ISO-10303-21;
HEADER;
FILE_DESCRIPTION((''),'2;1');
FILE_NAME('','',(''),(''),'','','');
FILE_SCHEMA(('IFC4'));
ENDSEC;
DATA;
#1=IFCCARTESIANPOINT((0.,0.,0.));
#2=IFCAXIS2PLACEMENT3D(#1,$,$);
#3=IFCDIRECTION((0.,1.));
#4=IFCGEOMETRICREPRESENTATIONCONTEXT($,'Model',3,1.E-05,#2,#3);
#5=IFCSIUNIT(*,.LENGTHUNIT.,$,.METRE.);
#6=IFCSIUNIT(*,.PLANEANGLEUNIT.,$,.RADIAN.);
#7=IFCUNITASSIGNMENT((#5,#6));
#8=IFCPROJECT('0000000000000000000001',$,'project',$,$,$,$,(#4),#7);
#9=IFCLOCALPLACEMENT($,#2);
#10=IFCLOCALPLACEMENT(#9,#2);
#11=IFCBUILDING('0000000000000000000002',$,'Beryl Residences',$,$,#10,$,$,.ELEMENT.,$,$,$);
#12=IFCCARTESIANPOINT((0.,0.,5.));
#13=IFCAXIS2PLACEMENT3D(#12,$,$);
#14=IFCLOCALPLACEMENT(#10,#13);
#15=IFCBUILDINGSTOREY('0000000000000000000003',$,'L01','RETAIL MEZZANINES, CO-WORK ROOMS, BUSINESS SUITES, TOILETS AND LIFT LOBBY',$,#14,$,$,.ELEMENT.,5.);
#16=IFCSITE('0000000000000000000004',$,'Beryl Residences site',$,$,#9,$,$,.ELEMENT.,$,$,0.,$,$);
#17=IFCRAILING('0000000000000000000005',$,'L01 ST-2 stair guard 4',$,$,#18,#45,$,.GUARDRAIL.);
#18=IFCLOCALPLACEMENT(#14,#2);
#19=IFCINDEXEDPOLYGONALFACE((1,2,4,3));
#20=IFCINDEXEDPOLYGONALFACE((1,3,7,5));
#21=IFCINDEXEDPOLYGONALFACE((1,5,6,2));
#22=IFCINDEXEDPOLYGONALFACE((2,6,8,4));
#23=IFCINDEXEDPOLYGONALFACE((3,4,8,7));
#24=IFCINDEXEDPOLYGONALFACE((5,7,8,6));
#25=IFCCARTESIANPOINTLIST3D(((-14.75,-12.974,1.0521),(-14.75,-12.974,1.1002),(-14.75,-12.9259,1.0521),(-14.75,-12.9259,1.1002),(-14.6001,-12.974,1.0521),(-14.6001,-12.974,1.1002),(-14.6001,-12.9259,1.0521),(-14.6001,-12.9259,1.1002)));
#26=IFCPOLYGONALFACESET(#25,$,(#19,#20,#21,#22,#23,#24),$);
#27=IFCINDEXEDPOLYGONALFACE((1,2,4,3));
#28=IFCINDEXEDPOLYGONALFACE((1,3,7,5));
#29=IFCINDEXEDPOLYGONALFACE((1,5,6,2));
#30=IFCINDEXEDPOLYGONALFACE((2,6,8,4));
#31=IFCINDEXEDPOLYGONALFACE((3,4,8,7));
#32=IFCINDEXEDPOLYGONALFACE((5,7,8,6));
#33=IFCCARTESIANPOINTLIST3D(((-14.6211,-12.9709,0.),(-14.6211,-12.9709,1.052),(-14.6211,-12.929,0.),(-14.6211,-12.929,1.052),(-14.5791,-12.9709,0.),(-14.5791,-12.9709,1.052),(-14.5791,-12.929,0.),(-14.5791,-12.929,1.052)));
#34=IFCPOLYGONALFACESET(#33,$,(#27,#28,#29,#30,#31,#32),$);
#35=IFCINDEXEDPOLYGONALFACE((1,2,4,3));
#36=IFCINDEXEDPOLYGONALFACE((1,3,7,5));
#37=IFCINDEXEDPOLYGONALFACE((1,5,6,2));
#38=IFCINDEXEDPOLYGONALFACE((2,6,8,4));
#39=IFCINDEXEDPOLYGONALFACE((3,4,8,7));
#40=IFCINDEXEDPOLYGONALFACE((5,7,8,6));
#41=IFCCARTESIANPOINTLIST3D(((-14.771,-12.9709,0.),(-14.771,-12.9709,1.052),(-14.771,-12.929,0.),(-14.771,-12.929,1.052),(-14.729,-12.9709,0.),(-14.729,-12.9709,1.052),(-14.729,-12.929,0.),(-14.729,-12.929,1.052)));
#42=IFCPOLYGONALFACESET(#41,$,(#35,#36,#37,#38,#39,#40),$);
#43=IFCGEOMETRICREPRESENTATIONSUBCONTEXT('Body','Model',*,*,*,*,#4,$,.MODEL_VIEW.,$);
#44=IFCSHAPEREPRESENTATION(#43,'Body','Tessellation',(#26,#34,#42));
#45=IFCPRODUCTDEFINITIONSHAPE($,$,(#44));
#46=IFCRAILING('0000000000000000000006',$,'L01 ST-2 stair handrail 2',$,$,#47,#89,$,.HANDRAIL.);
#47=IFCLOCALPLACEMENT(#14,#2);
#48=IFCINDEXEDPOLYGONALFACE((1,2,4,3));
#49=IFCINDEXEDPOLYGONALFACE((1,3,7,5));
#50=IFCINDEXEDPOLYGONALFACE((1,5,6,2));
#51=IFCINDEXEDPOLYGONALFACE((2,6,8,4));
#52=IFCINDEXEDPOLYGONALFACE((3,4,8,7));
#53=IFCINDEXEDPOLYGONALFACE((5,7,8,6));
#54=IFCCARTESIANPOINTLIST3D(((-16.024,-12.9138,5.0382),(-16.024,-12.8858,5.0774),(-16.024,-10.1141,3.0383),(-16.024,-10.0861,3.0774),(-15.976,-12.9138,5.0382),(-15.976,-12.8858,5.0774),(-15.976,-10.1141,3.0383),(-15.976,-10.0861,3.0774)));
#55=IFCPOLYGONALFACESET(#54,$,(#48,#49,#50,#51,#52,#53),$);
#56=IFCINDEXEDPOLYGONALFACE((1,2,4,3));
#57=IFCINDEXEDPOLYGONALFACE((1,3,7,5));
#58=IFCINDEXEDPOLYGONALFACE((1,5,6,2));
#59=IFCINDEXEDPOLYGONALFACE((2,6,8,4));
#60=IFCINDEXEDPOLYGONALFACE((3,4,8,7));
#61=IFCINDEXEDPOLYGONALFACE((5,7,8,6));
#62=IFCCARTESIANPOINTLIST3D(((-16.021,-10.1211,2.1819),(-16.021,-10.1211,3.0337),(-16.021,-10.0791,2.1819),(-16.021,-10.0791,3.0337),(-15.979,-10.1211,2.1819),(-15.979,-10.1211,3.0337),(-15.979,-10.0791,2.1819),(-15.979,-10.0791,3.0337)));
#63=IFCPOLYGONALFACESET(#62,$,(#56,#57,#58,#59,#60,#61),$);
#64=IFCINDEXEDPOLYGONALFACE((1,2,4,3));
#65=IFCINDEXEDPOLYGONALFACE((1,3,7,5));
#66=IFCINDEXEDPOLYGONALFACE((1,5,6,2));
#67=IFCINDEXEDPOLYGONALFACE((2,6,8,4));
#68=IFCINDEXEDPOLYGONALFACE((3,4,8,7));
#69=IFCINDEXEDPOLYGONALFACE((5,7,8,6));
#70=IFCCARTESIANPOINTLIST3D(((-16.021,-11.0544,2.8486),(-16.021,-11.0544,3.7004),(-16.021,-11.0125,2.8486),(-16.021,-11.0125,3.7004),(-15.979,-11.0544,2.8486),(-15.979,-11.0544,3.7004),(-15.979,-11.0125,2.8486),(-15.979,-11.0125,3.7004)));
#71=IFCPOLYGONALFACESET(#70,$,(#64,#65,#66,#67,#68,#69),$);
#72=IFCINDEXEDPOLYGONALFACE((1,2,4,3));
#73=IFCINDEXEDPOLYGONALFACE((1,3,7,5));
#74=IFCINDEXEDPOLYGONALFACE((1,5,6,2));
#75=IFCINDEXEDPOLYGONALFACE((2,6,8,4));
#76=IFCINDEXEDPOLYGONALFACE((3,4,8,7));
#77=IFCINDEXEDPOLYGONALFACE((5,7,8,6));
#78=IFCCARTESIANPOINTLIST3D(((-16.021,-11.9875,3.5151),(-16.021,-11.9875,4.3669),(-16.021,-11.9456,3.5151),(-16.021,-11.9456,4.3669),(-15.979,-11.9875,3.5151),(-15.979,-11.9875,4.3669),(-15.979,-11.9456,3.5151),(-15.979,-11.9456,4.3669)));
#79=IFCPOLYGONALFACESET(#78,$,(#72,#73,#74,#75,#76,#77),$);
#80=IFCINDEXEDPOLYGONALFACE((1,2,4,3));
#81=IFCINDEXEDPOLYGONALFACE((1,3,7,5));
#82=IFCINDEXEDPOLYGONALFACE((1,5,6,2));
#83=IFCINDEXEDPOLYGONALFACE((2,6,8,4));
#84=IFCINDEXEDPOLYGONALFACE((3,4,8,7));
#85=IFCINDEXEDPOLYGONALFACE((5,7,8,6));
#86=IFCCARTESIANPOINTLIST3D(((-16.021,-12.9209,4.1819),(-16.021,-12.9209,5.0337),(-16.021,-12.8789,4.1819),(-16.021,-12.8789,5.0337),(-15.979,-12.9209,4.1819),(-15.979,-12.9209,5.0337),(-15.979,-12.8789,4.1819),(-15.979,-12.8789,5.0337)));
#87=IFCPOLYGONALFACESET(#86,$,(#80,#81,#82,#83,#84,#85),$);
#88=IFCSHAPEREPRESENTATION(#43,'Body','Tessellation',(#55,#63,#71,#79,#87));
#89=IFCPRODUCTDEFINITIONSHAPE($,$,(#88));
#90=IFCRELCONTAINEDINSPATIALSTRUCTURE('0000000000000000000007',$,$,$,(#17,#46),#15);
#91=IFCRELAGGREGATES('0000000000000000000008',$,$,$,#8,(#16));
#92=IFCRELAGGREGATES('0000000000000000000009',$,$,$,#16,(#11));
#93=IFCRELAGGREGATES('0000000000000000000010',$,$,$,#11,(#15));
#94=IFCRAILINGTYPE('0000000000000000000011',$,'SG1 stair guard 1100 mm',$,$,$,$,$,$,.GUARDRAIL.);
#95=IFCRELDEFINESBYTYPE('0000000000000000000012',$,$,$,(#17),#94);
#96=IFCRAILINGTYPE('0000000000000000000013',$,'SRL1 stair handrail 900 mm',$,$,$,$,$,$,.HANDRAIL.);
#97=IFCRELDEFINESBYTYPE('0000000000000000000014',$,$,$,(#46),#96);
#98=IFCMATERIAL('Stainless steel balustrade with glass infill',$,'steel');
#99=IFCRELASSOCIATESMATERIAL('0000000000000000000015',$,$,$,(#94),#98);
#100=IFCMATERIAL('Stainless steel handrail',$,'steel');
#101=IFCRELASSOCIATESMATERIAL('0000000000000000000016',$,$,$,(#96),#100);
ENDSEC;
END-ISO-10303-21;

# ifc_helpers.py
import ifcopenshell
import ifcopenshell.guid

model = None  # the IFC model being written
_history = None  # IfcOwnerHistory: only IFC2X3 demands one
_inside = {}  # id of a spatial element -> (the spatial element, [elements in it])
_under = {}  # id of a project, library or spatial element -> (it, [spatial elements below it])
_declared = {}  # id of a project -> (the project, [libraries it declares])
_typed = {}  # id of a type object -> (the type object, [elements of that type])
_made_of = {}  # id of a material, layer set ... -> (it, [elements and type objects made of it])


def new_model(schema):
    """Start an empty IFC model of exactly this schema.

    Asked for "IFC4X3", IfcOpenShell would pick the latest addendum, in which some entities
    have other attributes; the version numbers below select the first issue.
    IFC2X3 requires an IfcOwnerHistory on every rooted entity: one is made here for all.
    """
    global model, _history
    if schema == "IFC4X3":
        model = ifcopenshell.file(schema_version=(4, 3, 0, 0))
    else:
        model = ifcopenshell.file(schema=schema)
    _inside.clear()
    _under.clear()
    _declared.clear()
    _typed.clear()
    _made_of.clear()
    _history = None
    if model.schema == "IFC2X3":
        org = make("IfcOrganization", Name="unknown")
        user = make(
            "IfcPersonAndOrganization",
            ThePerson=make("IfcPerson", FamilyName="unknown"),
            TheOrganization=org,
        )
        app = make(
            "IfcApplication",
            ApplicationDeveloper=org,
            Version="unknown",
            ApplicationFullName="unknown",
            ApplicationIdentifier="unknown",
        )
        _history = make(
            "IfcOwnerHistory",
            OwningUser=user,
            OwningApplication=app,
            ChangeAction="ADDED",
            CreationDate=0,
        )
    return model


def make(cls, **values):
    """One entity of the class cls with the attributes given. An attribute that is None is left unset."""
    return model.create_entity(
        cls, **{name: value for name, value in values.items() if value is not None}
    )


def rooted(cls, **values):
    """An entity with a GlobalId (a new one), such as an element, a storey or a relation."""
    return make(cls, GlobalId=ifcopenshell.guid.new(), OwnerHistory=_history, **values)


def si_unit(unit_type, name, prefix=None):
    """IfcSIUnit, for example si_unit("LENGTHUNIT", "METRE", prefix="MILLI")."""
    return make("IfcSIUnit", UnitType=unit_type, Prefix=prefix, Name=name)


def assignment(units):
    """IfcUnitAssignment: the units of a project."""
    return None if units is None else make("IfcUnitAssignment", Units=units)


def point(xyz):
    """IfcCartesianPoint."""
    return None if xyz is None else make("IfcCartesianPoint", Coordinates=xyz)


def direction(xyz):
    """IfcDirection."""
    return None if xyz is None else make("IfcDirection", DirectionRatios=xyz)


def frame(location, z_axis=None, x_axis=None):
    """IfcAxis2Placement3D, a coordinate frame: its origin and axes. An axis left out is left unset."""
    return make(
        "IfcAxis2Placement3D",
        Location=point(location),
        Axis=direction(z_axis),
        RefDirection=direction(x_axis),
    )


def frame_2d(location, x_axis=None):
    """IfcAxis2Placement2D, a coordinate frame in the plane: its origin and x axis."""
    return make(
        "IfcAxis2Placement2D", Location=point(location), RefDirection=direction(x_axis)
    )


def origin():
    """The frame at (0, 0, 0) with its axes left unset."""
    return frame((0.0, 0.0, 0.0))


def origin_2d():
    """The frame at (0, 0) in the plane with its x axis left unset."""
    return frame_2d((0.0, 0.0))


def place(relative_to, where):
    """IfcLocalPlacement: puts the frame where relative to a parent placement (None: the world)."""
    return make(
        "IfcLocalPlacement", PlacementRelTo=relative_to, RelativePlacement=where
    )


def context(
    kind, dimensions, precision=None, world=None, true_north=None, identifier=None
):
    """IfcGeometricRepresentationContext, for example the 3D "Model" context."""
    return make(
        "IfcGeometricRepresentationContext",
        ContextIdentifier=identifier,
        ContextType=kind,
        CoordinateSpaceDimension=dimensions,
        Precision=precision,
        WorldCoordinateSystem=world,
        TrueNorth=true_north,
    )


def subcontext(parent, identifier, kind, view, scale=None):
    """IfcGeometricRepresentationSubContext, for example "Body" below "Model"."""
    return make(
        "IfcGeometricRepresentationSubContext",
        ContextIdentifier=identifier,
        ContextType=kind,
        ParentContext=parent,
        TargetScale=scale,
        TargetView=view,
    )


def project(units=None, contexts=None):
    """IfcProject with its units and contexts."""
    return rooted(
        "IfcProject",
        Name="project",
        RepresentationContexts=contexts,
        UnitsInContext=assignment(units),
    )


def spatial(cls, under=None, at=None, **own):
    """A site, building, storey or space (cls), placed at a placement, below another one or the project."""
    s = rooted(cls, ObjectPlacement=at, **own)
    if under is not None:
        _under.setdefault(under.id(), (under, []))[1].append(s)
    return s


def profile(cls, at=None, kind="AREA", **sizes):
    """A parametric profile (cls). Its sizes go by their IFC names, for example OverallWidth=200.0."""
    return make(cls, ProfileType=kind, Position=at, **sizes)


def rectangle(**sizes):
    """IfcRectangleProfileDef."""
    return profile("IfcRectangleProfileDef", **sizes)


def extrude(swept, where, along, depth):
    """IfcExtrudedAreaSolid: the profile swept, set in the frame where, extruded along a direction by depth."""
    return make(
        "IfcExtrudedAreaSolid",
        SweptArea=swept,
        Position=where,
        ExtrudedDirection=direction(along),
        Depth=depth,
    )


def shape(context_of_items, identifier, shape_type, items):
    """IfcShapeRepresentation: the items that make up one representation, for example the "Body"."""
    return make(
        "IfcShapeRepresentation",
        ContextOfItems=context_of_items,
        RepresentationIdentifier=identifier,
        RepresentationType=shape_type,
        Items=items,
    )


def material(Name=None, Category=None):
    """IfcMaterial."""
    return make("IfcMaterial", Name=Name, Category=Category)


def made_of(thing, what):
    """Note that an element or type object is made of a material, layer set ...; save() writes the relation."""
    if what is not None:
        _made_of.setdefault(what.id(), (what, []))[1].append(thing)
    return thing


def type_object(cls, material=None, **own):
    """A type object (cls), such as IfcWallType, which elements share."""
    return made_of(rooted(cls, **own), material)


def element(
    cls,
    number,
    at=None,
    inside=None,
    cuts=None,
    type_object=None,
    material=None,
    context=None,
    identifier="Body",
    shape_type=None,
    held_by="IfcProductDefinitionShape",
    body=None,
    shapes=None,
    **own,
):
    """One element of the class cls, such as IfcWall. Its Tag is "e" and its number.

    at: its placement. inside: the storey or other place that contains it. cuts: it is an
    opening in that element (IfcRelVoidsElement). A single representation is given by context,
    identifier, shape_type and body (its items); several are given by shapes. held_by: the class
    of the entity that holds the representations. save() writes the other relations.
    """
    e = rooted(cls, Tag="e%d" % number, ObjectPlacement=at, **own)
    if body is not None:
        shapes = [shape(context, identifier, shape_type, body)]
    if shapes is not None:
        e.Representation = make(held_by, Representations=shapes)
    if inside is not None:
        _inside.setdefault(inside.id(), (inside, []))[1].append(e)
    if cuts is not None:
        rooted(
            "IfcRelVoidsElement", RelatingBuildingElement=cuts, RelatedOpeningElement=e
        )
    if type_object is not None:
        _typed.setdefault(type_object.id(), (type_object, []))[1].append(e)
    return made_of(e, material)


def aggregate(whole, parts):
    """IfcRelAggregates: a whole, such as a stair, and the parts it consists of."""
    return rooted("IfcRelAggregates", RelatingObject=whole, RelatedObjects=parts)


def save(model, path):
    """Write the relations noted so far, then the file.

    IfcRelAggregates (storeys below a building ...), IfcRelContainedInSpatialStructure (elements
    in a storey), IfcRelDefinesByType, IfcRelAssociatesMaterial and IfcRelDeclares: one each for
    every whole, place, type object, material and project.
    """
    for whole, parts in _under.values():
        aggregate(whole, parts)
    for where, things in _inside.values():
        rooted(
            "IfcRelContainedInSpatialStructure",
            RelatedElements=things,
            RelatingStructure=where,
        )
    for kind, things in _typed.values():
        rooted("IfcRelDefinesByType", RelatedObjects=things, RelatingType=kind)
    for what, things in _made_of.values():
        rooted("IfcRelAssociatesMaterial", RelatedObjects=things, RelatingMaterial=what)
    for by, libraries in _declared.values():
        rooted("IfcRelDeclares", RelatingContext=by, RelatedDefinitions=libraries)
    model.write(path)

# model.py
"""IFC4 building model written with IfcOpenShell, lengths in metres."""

from ifc_helpers import new_model, si_unit, direction, frame, origin, origin_2d, place, context, subcontext, project, spatial, rectangle, extrude, material, type_object, element, save


model = new_model("IFC4")

# Units and contexts
model_context = context("Model", 3, precision=1e-05, world=origin(), true_north=direction((0.0, 1.0)))
body_context = subcontext(model_context, "Body", "Model", "MODEL_VIEW")
ifc_project = project(units=[si_unit("LENGTHUNIT", "METRE"), si_unit("PLANEANGLEUNIT", "RADIAN")], contexts=[model_context])

# Site, building, storey
site_placement = place(None, origin())
site = spatial("IfcSite", under=ifc_project, at=site_placement, Name="Beryl Residences site", CompositionType="ELEMENT", RefElevation=0.0)
building_placement = place(site_placement, origin())
building = spatial("IfcBuilding", under=site, at=building_placement, Name="Beryl Residences", CompositionType="ELEMENT")
storey_placement = place(building_placement, frame((0.0, 0.0, 5.0)))
storey = spatial("IfcBuildingStorey", under=building, at=storey_placement, Name="L01", Description="RETAIL MEZZANINES, CO-WORK ROOMS, BUSINESS SUITES, TOILETS AND LIFT LOBBY", CompositionType="ELEMENT", Elevation=5.0)

# Railings
ifc_material_1 = material(Name="Stainless steel balustrade with glass infill", Category="steel")
railing_type_1 = type_object("IfcRailingType", Name="SG1 stair guard 1100 mm", PredefinedType="GUARDRAIL", material=ifc_material_1)
railing_1_placement = place(storey_placement, frame((-14.6001, -12.95, 0.0)))
element("IfcRailing", 1, at=railing_1_placement, inside=storey, type_object=railing_type_1, Name="L01 ST-2 stair guard 4", PredefinedType="GUARDRAIL", context=body_context, shape_type="SweptSolid", body=[
    extrude(rectangle(XDim=0.0481, YDim=0.0481, at=origin_2d()), frame((0.0, 0.0, 1.0762), z_axis=(-1.0, 0.0, 0.0), x_axis=(0.0, -1.0, 0.0)), (0.0, 0.0, 1.0), 0.1499),
    extrude(rectangle(XDim=0.042, YDim=0.042, at=origin_2d()), origin(), (0.0, 0.0, 1.0), 1.052),
    extrude(rectangle(XDim=0.042, YDim=0.042, at=origin_2d()), frame((-0.1499, 0.0, 0.0)), (0.0, 0.0, 1.0), 1.052),
])
ifc_material_2 = material(Name="Stainless steel handrail", Category="steel")
railing_type_2 = type_object("IfcRailingType", Name="SRL1 stair handrail 900 mm", PredefinedType="HANDRAIL", material=ifc_material_2)
railing_2_placement = place(storey_placement, frame((-16.0, -10.1001, 2.1819)))
element("IfcRailing", 2, at=railing_2_placement, inside=storey, type_object=railing_type_2, Name="L01 ST-2 stair handrail 2", PredefinedType="HANDRAIL", context=body_context, shape_type="SweptSolid", body=[
    extrude(rectangle(XDim=0.0481, YDim=0.0481, at=origin_2d()), frame((0.0, 0.0, 0.876), z_axis=(0.0, -0.813714, 0.581265), x_axis=(1.0, 0.0, 0.0)), (0.0, 0.0, 1.0), 3.4407),
    extrude(rectangle(XDim=0.042, YDim=0.042, at=origin_2d()), origin(), (0.0, 0.0, 1.0), 0.8518),
    extrude(rectangle(XDim=0.042, YDim=0.042, at=origin_2d()), frame((0.0, -0.9333, 0.6667)), (0.0, 0.0, 1.0), 0.8518),
    extrude(rectangle(XDim=0.042, YDim=0.042, at=origin_2d()), frame((0.0, -1.8665, 1.3333)), (0.0, 0.0, 1.0), 0.8518),
    extrude(rectangle(XDim=0.042, YDim=0.042, at=origin_2d()), frame((0.0, -2.7998, 2.0)), (0.0, 0.0, 1.0), 0.8518),
])

save(model, "model.ifc")
